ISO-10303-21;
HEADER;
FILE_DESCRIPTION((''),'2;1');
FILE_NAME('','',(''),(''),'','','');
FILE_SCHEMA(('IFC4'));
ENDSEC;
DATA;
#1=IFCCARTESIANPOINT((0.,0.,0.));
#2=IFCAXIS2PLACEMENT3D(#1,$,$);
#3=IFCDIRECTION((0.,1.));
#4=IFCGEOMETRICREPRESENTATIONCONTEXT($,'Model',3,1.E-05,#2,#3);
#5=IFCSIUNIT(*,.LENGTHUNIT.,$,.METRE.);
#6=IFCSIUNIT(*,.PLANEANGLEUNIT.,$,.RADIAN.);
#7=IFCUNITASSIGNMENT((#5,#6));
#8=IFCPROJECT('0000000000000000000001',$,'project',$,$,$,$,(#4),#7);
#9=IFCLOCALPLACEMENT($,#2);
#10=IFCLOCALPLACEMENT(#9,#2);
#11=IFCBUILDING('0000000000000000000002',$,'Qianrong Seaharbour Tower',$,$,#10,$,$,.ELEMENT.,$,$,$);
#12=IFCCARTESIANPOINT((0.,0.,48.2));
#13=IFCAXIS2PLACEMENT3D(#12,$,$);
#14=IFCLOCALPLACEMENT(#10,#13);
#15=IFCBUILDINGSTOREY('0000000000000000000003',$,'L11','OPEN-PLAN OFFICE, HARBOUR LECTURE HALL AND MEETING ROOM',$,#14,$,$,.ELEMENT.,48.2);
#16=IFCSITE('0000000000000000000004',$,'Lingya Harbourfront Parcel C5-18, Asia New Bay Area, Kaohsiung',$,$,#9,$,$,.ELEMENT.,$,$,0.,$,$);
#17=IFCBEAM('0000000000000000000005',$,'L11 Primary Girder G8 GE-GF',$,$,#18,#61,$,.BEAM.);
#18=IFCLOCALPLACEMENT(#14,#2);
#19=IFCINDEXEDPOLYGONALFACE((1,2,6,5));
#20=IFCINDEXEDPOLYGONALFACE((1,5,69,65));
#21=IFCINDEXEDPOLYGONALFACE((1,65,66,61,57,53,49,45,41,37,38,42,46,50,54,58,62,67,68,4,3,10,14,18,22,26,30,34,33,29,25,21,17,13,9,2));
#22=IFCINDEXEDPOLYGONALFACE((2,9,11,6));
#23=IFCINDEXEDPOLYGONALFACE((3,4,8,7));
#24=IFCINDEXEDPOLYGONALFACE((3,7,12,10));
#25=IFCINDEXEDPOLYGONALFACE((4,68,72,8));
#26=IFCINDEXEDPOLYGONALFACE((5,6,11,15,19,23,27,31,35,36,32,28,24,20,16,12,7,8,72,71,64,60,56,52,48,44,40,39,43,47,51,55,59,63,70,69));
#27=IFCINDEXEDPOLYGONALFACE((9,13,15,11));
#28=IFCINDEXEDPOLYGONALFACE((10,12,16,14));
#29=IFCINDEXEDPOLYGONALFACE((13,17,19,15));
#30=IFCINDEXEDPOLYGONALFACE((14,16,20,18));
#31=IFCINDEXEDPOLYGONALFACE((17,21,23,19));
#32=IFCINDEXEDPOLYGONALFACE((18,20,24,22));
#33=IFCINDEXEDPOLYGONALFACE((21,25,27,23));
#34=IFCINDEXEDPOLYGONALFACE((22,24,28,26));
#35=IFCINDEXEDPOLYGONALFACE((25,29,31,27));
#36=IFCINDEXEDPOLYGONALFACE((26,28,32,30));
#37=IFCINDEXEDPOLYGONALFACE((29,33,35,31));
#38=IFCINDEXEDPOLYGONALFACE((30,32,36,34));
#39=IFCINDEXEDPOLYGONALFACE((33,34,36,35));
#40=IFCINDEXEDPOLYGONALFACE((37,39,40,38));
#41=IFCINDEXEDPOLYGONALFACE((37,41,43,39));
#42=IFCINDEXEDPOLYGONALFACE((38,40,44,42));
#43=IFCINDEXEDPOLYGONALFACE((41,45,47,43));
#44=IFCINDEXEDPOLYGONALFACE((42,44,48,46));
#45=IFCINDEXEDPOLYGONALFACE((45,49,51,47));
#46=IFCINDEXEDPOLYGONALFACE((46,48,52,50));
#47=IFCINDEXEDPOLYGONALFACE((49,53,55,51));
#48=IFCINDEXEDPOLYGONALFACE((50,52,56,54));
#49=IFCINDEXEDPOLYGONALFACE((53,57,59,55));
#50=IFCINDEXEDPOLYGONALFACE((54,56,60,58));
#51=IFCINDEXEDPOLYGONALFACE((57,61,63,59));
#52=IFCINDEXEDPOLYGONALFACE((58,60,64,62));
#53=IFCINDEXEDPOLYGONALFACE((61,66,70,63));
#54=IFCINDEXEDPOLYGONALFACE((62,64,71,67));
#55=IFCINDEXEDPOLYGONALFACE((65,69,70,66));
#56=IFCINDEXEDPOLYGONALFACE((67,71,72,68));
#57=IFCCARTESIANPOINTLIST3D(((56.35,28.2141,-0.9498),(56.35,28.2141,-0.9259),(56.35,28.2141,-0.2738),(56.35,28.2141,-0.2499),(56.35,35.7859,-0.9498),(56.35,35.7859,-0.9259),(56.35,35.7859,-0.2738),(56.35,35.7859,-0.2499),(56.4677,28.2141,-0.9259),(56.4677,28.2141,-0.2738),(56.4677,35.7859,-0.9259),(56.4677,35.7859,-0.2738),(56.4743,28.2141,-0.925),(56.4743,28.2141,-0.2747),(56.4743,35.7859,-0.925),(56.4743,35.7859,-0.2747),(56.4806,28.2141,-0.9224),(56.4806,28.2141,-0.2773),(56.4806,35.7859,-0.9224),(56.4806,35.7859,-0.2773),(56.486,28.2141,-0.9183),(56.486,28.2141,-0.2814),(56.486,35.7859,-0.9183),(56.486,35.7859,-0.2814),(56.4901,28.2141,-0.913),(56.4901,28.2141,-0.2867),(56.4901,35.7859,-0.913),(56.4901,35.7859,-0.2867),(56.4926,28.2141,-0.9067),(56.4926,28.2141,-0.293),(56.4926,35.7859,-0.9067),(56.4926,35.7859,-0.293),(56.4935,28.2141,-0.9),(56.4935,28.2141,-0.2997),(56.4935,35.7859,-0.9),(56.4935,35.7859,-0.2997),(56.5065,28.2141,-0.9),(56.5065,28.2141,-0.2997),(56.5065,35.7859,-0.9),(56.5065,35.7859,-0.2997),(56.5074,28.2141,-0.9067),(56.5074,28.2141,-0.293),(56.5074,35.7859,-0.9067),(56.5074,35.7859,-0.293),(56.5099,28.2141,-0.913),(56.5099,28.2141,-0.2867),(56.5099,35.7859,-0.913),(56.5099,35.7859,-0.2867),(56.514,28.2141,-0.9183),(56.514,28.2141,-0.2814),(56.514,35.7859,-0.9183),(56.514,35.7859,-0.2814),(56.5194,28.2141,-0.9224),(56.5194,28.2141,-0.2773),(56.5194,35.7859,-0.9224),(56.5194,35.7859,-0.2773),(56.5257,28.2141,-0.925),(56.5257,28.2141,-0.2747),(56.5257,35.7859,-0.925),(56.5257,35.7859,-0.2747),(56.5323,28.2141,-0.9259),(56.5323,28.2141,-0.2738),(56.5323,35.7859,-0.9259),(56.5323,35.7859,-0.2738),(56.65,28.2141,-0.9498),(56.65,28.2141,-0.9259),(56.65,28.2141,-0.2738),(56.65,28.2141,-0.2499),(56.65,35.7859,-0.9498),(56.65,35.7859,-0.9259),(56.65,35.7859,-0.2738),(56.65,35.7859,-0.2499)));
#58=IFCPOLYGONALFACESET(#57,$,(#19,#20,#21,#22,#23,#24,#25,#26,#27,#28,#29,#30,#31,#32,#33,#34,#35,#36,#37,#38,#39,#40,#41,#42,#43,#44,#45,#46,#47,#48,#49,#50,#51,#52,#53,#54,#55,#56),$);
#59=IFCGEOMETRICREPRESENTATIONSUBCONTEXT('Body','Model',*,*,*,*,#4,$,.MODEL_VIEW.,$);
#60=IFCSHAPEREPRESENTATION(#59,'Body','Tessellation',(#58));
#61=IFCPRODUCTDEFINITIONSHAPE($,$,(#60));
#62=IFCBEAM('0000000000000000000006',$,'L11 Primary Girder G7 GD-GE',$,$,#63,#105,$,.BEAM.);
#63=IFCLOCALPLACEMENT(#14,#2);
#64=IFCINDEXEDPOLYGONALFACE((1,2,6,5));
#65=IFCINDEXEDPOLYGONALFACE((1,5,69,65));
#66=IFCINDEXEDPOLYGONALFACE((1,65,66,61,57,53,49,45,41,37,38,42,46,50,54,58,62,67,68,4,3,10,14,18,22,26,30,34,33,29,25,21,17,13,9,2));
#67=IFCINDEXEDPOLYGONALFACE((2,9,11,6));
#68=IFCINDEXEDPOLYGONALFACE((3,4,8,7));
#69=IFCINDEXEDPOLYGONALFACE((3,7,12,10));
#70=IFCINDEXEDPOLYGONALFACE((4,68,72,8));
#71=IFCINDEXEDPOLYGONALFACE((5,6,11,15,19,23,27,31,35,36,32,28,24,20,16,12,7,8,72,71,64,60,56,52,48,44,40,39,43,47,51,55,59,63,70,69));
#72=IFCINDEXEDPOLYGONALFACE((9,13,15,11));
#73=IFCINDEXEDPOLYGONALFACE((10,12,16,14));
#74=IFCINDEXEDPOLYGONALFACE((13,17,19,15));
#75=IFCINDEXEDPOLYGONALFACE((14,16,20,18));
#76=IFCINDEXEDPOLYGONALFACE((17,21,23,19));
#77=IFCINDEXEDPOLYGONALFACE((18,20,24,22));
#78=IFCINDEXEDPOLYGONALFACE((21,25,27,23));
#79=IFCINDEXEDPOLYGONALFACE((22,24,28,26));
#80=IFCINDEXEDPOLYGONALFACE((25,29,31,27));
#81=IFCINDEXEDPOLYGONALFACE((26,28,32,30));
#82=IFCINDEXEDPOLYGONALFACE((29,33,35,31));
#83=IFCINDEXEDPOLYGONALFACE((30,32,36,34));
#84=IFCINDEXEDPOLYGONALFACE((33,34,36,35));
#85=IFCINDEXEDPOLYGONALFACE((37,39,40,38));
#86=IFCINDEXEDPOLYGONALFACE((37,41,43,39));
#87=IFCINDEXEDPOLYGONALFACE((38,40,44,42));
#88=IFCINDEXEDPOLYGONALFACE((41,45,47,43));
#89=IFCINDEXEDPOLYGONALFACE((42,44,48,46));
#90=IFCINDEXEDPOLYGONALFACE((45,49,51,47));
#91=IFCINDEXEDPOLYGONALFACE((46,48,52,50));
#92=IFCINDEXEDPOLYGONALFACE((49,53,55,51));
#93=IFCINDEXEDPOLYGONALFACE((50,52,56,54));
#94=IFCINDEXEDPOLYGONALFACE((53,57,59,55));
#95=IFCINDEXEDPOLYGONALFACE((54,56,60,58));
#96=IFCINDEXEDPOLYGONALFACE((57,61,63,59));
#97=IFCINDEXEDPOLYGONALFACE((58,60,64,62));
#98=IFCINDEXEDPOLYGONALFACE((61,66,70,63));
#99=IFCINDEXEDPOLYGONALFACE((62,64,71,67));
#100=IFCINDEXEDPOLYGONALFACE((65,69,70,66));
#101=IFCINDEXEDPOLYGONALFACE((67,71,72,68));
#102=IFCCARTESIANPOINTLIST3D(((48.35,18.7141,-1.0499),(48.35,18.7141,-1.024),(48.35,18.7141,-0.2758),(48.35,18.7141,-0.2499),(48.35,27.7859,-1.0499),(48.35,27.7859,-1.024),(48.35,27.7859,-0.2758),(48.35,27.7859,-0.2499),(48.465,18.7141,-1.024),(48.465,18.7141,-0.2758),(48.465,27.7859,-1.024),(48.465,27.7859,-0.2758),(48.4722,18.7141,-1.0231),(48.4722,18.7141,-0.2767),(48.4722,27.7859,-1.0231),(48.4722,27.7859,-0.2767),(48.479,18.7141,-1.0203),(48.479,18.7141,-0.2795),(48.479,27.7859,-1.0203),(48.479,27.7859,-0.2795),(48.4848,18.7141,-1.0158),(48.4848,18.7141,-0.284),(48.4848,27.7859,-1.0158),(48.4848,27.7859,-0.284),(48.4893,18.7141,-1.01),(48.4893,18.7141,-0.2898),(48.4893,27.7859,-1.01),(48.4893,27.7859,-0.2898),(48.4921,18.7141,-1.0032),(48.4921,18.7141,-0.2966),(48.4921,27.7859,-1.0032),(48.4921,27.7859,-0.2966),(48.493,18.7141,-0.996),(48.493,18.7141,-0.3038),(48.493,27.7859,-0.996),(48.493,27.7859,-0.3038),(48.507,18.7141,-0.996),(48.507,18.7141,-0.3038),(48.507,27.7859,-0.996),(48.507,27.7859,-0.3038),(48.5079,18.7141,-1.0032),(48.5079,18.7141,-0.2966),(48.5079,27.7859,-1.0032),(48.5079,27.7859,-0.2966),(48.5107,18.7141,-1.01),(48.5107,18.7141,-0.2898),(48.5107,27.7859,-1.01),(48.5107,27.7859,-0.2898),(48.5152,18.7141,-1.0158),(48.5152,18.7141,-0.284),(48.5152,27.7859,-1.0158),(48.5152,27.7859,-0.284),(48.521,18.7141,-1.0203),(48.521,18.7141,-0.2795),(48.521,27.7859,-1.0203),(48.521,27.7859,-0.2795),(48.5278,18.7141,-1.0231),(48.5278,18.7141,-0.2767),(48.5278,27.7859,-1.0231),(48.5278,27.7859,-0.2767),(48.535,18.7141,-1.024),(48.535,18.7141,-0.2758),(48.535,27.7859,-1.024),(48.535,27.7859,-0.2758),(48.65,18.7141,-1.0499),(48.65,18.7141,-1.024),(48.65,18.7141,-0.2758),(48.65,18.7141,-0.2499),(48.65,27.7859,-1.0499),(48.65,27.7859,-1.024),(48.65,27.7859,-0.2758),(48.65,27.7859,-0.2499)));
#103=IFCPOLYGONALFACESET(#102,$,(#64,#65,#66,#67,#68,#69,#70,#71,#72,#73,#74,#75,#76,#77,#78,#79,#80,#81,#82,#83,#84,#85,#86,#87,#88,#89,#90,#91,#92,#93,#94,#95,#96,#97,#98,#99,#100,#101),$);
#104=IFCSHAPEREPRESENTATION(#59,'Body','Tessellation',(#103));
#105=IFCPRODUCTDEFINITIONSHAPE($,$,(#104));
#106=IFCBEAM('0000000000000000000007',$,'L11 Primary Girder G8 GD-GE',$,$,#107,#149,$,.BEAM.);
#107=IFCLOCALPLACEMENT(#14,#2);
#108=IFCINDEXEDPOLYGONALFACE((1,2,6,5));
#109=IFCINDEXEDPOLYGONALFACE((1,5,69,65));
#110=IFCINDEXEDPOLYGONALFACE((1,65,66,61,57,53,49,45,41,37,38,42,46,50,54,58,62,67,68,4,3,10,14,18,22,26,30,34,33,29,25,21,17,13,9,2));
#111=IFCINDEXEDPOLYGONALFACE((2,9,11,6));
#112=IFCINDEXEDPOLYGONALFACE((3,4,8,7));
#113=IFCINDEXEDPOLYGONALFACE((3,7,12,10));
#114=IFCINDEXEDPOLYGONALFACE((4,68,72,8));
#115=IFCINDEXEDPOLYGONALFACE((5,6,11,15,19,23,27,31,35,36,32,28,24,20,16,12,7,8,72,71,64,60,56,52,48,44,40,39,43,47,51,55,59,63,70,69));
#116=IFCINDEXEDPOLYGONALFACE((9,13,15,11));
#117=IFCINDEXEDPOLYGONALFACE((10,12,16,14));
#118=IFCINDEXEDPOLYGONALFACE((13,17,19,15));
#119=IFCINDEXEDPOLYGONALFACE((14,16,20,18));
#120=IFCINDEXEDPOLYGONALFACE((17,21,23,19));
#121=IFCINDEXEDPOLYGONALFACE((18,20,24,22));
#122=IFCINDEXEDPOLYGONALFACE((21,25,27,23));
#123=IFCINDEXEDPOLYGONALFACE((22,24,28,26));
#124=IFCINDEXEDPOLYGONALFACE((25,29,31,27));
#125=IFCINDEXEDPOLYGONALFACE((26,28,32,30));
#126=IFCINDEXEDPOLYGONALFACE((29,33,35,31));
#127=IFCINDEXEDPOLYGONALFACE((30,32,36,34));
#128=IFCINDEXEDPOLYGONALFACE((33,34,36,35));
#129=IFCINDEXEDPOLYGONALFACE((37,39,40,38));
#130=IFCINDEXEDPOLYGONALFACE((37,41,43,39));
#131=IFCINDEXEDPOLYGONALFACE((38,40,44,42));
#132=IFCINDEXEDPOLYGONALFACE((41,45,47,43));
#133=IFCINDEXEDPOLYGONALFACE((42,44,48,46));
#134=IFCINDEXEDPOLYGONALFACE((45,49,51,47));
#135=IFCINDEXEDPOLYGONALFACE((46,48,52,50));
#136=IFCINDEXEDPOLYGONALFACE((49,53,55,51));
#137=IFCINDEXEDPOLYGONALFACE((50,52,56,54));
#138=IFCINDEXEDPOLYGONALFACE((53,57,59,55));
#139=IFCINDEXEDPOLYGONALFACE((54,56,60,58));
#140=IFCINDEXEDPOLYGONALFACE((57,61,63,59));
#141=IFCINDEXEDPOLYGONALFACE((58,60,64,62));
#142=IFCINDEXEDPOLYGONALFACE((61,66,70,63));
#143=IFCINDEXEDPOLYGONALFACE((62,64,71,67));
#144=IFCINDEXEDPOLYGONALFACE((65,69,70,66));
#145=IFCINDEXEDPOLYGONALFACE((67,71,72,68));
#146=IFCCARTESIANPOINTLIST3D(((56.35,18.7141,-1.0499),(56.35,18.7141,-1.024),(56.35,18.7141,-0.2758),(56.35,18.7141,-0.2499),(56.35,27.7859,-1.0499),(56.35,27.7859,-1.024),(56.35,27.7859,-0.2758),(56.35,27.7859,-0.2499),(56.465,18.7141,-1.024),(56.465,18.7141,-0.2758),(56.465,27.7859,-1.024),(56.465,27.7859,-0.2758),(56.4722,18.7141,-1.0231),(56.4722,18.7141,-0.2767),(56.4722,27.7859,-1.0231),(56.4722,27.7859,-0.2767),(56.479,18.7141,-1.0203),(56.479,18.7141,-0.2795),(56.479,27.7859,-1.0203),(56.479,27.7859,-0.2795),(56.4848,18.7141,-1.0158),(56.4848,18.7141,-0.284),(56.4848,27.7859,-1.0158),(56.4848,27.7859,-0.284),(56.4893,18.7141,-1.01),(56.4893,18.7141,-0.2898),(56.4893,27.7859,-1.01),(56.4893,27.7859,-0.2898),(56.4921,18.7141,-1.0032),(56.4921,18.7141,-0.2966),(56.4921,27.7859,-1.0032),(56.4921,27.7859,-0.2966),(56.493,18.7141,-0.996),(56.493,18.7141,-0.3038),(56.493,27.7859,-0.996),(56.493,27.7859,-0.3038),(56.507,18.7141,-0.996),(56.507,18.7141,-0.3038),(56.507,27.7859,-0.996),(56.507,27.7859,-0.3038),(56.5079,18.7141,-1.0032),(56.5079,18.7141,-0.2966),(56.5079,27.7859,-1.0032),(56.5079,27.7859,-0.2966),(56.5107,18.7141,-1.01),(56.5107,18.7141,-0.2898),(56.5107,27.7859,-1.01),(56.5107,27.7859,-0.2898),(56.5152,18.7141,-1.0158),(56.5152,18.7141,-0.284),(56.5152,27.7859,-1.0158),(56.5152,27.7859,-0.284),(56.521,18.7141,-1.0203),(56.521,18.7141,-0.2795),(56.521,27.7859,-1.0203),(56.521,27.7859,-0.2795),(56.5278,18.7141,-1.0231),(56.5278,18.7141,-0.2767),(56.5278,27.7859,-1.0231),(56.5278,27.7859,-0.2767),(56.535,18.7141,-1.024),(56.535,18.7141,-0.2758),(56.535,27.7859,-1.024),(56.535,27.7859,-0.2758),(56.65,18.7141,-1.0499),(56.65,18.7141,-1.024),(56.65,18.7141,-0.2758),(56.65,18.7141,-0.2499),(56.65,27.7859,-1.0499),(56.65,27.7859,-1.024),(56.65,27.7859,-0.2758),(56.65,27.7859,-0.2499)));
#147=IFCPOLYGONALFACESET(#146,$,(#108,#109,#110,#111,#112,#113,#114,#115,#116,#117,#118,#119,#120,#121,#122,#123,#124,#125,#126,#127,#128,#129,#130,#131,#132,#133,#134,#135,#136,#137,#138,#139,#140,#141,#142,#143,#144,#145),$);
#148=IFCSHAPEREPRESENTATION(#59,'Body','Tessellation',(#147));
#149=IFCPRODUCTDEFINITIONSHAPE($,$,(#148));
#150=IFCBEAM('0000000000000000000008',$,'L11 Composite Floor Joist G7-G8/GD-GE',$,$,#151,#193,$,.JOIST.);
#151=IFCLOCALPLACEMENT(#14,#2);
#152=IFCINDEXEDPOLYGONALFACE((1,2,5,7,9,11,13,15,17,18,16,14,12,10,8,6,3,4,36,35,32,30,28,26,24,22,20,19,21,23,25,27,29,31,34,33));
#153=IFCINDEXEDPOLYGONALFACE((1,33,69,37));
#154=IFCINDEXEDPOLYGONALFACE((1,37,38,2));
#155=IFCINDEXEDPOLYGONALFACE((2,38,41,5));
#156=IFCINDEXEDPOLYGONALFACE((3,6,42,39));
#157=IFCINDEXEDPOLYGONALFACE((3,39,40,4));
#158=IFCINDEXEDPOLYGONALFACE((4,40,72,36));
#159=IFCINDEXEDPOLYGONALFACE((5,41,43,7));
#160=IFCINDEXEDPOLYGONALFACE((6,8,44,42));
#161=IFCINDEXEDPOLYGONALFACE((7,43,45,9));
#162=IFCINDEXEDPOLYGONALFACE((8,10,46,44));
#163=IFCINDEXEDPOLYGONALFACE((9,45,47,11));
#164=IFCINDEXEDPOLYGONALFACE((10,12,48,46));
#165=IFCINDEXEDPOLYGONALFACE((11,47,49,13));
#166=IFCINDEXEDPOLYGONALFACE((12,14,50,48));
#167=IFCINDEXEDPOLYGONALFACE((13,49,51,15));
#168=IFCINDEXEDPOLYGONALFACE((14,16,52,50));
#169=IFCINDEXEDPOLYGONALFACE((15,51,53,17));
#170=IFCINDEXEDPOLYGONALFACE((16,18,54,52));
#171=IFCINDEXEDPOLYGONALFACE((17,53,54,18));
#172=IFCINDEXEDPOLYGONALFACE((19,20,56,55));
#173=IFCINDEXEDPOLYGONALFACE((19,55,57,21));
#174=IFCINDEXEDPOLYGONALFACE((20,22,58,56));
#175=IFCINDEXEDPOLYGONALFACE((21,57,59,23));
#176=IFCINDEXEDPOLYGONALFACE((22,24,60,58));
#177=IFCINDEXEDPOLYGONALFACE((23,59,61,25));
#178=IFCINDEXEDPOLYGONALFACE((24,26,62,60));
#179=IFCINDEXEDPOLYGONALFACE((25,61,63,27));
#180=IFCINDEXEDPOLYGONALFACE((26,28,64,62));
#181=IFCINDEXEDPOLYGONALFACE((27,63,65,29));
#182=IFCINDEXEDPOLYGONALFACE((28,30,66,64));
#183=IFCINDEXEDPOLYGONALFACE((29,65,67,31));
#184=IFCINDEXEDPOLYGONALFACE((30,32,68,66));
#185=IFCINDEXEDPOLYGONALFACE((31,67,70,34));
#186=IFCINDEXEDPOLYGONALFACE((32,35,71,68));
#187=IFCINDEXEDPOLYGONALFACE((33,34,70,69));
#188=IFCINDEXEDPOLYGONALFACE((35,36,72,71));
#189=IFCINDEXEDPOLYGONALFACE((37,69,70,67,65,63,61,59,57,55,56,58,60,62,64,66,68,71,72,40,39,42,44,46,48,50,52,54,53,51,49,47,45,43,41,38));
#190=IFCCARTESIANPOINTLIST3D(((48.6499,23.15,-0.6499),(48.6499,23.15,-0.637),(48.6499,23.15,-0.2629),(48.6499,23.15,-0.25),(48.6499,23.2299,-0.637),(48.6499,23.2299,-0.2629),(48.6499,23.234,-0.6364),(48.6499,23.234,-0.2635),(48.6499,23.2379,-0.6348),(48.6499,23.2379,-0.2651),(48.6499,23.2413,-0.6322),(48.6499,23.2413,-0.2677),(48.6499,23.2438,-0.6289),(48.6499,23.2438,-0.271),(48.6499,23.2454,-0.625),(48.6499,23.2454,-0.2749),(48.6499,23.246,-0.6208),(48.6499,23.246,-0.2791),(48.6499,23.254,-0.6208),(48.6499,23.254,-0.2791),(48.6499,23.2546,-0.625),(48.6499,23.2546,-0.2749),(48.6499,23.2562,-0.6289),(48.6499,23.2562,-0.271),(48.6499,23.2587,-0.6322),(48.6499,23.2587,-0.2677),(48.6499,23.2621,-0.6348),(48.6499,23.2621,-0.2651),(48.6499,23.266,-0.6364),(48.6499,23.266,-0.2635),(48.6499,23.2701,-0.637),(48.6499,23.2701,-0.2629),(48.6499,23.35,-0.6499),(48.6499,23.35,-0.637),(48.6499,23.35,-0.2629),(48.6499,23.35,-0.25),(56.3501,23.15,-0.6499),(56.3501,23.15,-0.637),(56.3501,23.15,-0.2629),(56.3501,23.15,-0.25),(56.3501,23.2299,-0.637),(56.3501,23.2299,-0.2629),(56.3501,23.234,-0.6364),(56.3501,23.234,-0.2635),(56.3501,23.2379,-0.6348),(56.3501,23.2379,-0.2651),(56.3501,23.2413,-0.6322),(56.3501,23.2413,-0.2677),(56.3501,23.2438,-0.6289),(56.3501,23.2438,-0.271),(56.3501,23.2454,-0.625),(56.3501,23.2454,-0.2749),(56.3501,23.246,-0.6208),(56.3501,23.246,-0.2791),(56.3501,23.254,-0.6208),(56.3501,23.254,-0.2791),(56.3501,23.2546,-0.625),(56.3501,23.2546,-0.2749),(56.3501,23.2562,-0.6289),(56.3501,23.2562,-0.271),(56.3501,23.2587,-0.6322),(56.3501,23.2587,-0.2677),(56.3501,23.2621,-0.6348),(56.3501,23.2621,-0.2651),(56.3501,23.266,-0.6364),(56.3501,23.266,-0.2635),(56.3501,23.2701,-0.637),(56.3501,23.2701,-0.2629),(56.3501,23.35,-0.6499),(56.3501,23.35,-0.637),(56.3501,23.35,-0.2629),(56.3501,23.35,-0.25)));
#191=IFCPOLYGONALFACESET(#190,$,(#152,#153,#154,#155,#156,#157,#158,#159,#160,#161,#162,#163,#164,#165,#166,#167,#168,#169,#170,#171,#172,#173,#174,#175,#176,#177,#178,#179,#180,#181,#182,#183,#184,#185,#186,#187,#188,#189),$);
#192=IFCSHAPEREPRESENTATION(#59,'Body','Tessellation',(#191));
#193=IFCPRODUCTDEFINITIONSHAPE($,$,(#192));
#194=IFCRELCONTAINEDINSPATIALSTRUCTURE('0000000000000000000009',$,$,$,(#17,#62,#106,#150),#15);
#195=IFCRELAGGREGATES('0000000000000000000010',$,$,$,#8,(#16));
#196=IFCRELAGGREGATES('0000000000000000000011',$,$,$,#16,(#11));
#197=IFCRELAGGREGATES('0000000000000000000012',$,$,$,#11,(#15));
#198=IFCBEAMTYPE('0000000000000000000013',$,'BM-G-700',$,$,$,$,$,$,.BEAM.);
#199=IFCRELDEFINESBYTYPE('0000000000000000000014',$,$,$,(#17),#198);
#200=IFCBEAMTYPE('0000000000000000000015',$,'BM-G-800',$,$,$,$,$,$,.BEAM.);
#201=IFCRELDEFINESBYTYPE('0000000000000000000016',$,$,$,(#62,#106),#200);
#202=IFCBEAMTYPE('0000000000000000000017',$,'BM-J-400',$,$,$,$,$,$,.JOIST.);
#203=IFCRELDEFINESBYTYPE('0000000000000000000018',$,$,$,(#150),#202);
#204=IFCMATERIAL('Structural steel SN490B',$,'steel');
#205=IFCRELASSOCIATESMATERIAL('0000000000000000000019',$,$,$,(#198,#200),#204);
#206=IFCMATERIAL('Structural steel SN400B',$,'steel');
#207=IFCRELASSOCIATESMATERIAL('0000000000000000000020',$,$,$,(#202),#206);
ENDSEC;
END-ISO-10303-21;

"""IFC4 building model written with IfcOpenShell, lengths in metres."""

from ifc_helpers import new_model, si_unit, direction, frame, origin, origin_2d, place, context, subcontext, project, spatial, i_section, extrude, material, material_profile, profile_set, type_object, element, save


model = new_model("IFC4")

# Units and contexts
model_context = context("Model", 3, precision=1e-05, world=origin(), true_north=direction((0.0, 1.0)))
body_context = subcontext(model_context, "Body", "Model", "MODEL_VIEW")
ifc_project = project(units=[si_unit("LENGTHUNIT", "METRE"), si_unit("PLANEANGLEUNIT", "RADIAN")], contexts=[model_context])

# Site, building, storey
site_placement = place(None, origin())
site = spatial("IfcSite", under=ifc_project, at=site_placement, Name="Lingya Harbourfront Parcel C5-18, Asia New Bay Area, Kaohsiung", CompositionType="ELEMENT", RefElevation=0.0)
building_placement = place(site_placement, origin())
building = spatial("IfcBuilding", under=site, at=building_placement, Name="Qianrong Seaharbour Tower", CompositionType="ELEMENT")
storey_placement = place(building_placement, frame((0.0, 0.0, 48.2)))
storey = spatial("IfcBuildingStorey", under=building, at=storey_placement, Name="L11", Description="OPEN-PLAN OFFICE, HARBOUR LECTURE HALL AND MEETING ROOM", CompositionType="ELEMENT", Elevation=48.2)

# Shared definitions
ifc_material_1 = material(Name="Structural steel SN490B", Category="steel")

# Beams
ifc_material_profile_1 = material_profile(ifc_material_1, i_section(OverallWidth=0.3, OverallDepth=0.7, WebThickness=0.0129, FlangeThickness=0.0239, FilletRadius=0.0259, at=origin_2d()), Name="H700x300x13x24")
ifc_profile_set_1 = profile_set([ifc_material_profile_1], Name="Structural steel SN490B")
beam_type_1 = type_object("IfcBeamType", Name="BM-G-700", PredefinedType="BEAM", material=ifc_profile_set_1)
for number, where, z_axis, x_axis, name in (
    (1, (56.5, 28.2141, -0.5999), (0.0, 1.0, 0.0), (-1.0, 0.0, 0.0), "L11 Primary Girder G8 GE-GF"),
):
    element("IfcBeam", number, at=place(storey_placement, frame(where, z_axis=z_axis, x_axis=x_axis)), inside=storey, type_object=beam_type_1, Name=name, PredefinedType="BEAM", context=body_context, shape_type="SweptSolid", body=[
        extrude(i_section(OverallWidth=0.3, OverallDepth=0.7, WebThickness=0.0129, FlangeThickness=0.0239, FilletRadius=0.0259, at=origin_2d()), origin(), (0.0, 0.0, 1.0), 7.5718),
    ])
ifc_material_profile_2 = material_profile(ifc_material_1, i_section(OverallWidth=0.3, OverallDepth=0.8, WebThickness=0.0139, FlangeThickness=0.0259, FilletRadius=0.0281, at=origin_2d()), Name="H800x300x14x26")
ifc_profile_set_2 = profile_set([ifc_material_profile_2], Name="Structural steel SN490B")
beam_type_2 = type_object("IfcBeamType", Name="BM-G-800", PredefinedType="BEAM", material=ifc_profile_set_2)
for number, where, z_axis, x_axis, name in (
    (2, (48.5, 18.7141, -0.6499), (0.0, 1.0, 0.0), (-1.0, 0.0, 0.0), "L11 Primary Girder G7 GD-GE"),
    (3, (56.5, 18.7141, -0.6499), (0.0, 1.0, 0.0), (-1.0, 0.0, 0.0), "L11 Primary Girder G8 GD-GE"),
):
    element("IfcBeam", number, at=place(storey_placement, frame(where, z_axis=z_axis, x_axis=x_axis)), inside=storey, type_object=beam_type_2, Name=name, PredefinedType="BEAM", context=body_context, shape_type="SweptSolid", body=[
        extrude(i_section(OverallWidth=0.3, OverallDepth=0.8, WebThickness=0.0139, FlangeThickness=0.0259, FilletRadius=0.0281, at=origin_2d()), origin(), (0.0, 0.0, 1.0), 9.0718),
    ])
ifc_material_2 = material(Name="Structural steel SN400B", Category="steel")
ifc_material_profile_3 = material_profile(ifc_material_2, i_section(OverallWidth=0.2, OverallDepth=0.3999, WebThickness=0.0081, FlangeThickness=0.0129, FilletRadius=0.0161, at=origin_2d()), Name="H400x200x8x13")
ifc_profile_set_3 = profile_set([ifc_material_profile_3], Name="Structural steel SN400B")
beam_type_3 = type_object("IfcBeamType", Name="BM-J-400", PredefinedType="JOIST", material=ifc_profile_set_3)
for number, where, z_axis, x_axis, name in (
    (4, (48.6499, 23.25, -0.45), (1.0, 0.0, 0.0), (0.0, 1.0, 0.0), "L11 Composite Floor Joist G7-G8/GD-GE"),
):
    element("IfcBeam", number, at=place(storey_placement, frame(where, z_axis=z_axis, x_axis=x_axis)), inside=storey, type_object=beam_type_3, Name=name, PredefinedType="JOIST", context=body_context, shape_type="SweptSolid", body=[
        extrude(i_section(OverallWidth=0.2, OverallDepth=0.3999, WebThickness=0.0081, FlangeThickness=0.0129, FilletRadius=0.0161, at=origin_2d()), origin(), (0.0, 0.0, 1.0), 7.7002),
    ])

save(model, "model.ifc")
